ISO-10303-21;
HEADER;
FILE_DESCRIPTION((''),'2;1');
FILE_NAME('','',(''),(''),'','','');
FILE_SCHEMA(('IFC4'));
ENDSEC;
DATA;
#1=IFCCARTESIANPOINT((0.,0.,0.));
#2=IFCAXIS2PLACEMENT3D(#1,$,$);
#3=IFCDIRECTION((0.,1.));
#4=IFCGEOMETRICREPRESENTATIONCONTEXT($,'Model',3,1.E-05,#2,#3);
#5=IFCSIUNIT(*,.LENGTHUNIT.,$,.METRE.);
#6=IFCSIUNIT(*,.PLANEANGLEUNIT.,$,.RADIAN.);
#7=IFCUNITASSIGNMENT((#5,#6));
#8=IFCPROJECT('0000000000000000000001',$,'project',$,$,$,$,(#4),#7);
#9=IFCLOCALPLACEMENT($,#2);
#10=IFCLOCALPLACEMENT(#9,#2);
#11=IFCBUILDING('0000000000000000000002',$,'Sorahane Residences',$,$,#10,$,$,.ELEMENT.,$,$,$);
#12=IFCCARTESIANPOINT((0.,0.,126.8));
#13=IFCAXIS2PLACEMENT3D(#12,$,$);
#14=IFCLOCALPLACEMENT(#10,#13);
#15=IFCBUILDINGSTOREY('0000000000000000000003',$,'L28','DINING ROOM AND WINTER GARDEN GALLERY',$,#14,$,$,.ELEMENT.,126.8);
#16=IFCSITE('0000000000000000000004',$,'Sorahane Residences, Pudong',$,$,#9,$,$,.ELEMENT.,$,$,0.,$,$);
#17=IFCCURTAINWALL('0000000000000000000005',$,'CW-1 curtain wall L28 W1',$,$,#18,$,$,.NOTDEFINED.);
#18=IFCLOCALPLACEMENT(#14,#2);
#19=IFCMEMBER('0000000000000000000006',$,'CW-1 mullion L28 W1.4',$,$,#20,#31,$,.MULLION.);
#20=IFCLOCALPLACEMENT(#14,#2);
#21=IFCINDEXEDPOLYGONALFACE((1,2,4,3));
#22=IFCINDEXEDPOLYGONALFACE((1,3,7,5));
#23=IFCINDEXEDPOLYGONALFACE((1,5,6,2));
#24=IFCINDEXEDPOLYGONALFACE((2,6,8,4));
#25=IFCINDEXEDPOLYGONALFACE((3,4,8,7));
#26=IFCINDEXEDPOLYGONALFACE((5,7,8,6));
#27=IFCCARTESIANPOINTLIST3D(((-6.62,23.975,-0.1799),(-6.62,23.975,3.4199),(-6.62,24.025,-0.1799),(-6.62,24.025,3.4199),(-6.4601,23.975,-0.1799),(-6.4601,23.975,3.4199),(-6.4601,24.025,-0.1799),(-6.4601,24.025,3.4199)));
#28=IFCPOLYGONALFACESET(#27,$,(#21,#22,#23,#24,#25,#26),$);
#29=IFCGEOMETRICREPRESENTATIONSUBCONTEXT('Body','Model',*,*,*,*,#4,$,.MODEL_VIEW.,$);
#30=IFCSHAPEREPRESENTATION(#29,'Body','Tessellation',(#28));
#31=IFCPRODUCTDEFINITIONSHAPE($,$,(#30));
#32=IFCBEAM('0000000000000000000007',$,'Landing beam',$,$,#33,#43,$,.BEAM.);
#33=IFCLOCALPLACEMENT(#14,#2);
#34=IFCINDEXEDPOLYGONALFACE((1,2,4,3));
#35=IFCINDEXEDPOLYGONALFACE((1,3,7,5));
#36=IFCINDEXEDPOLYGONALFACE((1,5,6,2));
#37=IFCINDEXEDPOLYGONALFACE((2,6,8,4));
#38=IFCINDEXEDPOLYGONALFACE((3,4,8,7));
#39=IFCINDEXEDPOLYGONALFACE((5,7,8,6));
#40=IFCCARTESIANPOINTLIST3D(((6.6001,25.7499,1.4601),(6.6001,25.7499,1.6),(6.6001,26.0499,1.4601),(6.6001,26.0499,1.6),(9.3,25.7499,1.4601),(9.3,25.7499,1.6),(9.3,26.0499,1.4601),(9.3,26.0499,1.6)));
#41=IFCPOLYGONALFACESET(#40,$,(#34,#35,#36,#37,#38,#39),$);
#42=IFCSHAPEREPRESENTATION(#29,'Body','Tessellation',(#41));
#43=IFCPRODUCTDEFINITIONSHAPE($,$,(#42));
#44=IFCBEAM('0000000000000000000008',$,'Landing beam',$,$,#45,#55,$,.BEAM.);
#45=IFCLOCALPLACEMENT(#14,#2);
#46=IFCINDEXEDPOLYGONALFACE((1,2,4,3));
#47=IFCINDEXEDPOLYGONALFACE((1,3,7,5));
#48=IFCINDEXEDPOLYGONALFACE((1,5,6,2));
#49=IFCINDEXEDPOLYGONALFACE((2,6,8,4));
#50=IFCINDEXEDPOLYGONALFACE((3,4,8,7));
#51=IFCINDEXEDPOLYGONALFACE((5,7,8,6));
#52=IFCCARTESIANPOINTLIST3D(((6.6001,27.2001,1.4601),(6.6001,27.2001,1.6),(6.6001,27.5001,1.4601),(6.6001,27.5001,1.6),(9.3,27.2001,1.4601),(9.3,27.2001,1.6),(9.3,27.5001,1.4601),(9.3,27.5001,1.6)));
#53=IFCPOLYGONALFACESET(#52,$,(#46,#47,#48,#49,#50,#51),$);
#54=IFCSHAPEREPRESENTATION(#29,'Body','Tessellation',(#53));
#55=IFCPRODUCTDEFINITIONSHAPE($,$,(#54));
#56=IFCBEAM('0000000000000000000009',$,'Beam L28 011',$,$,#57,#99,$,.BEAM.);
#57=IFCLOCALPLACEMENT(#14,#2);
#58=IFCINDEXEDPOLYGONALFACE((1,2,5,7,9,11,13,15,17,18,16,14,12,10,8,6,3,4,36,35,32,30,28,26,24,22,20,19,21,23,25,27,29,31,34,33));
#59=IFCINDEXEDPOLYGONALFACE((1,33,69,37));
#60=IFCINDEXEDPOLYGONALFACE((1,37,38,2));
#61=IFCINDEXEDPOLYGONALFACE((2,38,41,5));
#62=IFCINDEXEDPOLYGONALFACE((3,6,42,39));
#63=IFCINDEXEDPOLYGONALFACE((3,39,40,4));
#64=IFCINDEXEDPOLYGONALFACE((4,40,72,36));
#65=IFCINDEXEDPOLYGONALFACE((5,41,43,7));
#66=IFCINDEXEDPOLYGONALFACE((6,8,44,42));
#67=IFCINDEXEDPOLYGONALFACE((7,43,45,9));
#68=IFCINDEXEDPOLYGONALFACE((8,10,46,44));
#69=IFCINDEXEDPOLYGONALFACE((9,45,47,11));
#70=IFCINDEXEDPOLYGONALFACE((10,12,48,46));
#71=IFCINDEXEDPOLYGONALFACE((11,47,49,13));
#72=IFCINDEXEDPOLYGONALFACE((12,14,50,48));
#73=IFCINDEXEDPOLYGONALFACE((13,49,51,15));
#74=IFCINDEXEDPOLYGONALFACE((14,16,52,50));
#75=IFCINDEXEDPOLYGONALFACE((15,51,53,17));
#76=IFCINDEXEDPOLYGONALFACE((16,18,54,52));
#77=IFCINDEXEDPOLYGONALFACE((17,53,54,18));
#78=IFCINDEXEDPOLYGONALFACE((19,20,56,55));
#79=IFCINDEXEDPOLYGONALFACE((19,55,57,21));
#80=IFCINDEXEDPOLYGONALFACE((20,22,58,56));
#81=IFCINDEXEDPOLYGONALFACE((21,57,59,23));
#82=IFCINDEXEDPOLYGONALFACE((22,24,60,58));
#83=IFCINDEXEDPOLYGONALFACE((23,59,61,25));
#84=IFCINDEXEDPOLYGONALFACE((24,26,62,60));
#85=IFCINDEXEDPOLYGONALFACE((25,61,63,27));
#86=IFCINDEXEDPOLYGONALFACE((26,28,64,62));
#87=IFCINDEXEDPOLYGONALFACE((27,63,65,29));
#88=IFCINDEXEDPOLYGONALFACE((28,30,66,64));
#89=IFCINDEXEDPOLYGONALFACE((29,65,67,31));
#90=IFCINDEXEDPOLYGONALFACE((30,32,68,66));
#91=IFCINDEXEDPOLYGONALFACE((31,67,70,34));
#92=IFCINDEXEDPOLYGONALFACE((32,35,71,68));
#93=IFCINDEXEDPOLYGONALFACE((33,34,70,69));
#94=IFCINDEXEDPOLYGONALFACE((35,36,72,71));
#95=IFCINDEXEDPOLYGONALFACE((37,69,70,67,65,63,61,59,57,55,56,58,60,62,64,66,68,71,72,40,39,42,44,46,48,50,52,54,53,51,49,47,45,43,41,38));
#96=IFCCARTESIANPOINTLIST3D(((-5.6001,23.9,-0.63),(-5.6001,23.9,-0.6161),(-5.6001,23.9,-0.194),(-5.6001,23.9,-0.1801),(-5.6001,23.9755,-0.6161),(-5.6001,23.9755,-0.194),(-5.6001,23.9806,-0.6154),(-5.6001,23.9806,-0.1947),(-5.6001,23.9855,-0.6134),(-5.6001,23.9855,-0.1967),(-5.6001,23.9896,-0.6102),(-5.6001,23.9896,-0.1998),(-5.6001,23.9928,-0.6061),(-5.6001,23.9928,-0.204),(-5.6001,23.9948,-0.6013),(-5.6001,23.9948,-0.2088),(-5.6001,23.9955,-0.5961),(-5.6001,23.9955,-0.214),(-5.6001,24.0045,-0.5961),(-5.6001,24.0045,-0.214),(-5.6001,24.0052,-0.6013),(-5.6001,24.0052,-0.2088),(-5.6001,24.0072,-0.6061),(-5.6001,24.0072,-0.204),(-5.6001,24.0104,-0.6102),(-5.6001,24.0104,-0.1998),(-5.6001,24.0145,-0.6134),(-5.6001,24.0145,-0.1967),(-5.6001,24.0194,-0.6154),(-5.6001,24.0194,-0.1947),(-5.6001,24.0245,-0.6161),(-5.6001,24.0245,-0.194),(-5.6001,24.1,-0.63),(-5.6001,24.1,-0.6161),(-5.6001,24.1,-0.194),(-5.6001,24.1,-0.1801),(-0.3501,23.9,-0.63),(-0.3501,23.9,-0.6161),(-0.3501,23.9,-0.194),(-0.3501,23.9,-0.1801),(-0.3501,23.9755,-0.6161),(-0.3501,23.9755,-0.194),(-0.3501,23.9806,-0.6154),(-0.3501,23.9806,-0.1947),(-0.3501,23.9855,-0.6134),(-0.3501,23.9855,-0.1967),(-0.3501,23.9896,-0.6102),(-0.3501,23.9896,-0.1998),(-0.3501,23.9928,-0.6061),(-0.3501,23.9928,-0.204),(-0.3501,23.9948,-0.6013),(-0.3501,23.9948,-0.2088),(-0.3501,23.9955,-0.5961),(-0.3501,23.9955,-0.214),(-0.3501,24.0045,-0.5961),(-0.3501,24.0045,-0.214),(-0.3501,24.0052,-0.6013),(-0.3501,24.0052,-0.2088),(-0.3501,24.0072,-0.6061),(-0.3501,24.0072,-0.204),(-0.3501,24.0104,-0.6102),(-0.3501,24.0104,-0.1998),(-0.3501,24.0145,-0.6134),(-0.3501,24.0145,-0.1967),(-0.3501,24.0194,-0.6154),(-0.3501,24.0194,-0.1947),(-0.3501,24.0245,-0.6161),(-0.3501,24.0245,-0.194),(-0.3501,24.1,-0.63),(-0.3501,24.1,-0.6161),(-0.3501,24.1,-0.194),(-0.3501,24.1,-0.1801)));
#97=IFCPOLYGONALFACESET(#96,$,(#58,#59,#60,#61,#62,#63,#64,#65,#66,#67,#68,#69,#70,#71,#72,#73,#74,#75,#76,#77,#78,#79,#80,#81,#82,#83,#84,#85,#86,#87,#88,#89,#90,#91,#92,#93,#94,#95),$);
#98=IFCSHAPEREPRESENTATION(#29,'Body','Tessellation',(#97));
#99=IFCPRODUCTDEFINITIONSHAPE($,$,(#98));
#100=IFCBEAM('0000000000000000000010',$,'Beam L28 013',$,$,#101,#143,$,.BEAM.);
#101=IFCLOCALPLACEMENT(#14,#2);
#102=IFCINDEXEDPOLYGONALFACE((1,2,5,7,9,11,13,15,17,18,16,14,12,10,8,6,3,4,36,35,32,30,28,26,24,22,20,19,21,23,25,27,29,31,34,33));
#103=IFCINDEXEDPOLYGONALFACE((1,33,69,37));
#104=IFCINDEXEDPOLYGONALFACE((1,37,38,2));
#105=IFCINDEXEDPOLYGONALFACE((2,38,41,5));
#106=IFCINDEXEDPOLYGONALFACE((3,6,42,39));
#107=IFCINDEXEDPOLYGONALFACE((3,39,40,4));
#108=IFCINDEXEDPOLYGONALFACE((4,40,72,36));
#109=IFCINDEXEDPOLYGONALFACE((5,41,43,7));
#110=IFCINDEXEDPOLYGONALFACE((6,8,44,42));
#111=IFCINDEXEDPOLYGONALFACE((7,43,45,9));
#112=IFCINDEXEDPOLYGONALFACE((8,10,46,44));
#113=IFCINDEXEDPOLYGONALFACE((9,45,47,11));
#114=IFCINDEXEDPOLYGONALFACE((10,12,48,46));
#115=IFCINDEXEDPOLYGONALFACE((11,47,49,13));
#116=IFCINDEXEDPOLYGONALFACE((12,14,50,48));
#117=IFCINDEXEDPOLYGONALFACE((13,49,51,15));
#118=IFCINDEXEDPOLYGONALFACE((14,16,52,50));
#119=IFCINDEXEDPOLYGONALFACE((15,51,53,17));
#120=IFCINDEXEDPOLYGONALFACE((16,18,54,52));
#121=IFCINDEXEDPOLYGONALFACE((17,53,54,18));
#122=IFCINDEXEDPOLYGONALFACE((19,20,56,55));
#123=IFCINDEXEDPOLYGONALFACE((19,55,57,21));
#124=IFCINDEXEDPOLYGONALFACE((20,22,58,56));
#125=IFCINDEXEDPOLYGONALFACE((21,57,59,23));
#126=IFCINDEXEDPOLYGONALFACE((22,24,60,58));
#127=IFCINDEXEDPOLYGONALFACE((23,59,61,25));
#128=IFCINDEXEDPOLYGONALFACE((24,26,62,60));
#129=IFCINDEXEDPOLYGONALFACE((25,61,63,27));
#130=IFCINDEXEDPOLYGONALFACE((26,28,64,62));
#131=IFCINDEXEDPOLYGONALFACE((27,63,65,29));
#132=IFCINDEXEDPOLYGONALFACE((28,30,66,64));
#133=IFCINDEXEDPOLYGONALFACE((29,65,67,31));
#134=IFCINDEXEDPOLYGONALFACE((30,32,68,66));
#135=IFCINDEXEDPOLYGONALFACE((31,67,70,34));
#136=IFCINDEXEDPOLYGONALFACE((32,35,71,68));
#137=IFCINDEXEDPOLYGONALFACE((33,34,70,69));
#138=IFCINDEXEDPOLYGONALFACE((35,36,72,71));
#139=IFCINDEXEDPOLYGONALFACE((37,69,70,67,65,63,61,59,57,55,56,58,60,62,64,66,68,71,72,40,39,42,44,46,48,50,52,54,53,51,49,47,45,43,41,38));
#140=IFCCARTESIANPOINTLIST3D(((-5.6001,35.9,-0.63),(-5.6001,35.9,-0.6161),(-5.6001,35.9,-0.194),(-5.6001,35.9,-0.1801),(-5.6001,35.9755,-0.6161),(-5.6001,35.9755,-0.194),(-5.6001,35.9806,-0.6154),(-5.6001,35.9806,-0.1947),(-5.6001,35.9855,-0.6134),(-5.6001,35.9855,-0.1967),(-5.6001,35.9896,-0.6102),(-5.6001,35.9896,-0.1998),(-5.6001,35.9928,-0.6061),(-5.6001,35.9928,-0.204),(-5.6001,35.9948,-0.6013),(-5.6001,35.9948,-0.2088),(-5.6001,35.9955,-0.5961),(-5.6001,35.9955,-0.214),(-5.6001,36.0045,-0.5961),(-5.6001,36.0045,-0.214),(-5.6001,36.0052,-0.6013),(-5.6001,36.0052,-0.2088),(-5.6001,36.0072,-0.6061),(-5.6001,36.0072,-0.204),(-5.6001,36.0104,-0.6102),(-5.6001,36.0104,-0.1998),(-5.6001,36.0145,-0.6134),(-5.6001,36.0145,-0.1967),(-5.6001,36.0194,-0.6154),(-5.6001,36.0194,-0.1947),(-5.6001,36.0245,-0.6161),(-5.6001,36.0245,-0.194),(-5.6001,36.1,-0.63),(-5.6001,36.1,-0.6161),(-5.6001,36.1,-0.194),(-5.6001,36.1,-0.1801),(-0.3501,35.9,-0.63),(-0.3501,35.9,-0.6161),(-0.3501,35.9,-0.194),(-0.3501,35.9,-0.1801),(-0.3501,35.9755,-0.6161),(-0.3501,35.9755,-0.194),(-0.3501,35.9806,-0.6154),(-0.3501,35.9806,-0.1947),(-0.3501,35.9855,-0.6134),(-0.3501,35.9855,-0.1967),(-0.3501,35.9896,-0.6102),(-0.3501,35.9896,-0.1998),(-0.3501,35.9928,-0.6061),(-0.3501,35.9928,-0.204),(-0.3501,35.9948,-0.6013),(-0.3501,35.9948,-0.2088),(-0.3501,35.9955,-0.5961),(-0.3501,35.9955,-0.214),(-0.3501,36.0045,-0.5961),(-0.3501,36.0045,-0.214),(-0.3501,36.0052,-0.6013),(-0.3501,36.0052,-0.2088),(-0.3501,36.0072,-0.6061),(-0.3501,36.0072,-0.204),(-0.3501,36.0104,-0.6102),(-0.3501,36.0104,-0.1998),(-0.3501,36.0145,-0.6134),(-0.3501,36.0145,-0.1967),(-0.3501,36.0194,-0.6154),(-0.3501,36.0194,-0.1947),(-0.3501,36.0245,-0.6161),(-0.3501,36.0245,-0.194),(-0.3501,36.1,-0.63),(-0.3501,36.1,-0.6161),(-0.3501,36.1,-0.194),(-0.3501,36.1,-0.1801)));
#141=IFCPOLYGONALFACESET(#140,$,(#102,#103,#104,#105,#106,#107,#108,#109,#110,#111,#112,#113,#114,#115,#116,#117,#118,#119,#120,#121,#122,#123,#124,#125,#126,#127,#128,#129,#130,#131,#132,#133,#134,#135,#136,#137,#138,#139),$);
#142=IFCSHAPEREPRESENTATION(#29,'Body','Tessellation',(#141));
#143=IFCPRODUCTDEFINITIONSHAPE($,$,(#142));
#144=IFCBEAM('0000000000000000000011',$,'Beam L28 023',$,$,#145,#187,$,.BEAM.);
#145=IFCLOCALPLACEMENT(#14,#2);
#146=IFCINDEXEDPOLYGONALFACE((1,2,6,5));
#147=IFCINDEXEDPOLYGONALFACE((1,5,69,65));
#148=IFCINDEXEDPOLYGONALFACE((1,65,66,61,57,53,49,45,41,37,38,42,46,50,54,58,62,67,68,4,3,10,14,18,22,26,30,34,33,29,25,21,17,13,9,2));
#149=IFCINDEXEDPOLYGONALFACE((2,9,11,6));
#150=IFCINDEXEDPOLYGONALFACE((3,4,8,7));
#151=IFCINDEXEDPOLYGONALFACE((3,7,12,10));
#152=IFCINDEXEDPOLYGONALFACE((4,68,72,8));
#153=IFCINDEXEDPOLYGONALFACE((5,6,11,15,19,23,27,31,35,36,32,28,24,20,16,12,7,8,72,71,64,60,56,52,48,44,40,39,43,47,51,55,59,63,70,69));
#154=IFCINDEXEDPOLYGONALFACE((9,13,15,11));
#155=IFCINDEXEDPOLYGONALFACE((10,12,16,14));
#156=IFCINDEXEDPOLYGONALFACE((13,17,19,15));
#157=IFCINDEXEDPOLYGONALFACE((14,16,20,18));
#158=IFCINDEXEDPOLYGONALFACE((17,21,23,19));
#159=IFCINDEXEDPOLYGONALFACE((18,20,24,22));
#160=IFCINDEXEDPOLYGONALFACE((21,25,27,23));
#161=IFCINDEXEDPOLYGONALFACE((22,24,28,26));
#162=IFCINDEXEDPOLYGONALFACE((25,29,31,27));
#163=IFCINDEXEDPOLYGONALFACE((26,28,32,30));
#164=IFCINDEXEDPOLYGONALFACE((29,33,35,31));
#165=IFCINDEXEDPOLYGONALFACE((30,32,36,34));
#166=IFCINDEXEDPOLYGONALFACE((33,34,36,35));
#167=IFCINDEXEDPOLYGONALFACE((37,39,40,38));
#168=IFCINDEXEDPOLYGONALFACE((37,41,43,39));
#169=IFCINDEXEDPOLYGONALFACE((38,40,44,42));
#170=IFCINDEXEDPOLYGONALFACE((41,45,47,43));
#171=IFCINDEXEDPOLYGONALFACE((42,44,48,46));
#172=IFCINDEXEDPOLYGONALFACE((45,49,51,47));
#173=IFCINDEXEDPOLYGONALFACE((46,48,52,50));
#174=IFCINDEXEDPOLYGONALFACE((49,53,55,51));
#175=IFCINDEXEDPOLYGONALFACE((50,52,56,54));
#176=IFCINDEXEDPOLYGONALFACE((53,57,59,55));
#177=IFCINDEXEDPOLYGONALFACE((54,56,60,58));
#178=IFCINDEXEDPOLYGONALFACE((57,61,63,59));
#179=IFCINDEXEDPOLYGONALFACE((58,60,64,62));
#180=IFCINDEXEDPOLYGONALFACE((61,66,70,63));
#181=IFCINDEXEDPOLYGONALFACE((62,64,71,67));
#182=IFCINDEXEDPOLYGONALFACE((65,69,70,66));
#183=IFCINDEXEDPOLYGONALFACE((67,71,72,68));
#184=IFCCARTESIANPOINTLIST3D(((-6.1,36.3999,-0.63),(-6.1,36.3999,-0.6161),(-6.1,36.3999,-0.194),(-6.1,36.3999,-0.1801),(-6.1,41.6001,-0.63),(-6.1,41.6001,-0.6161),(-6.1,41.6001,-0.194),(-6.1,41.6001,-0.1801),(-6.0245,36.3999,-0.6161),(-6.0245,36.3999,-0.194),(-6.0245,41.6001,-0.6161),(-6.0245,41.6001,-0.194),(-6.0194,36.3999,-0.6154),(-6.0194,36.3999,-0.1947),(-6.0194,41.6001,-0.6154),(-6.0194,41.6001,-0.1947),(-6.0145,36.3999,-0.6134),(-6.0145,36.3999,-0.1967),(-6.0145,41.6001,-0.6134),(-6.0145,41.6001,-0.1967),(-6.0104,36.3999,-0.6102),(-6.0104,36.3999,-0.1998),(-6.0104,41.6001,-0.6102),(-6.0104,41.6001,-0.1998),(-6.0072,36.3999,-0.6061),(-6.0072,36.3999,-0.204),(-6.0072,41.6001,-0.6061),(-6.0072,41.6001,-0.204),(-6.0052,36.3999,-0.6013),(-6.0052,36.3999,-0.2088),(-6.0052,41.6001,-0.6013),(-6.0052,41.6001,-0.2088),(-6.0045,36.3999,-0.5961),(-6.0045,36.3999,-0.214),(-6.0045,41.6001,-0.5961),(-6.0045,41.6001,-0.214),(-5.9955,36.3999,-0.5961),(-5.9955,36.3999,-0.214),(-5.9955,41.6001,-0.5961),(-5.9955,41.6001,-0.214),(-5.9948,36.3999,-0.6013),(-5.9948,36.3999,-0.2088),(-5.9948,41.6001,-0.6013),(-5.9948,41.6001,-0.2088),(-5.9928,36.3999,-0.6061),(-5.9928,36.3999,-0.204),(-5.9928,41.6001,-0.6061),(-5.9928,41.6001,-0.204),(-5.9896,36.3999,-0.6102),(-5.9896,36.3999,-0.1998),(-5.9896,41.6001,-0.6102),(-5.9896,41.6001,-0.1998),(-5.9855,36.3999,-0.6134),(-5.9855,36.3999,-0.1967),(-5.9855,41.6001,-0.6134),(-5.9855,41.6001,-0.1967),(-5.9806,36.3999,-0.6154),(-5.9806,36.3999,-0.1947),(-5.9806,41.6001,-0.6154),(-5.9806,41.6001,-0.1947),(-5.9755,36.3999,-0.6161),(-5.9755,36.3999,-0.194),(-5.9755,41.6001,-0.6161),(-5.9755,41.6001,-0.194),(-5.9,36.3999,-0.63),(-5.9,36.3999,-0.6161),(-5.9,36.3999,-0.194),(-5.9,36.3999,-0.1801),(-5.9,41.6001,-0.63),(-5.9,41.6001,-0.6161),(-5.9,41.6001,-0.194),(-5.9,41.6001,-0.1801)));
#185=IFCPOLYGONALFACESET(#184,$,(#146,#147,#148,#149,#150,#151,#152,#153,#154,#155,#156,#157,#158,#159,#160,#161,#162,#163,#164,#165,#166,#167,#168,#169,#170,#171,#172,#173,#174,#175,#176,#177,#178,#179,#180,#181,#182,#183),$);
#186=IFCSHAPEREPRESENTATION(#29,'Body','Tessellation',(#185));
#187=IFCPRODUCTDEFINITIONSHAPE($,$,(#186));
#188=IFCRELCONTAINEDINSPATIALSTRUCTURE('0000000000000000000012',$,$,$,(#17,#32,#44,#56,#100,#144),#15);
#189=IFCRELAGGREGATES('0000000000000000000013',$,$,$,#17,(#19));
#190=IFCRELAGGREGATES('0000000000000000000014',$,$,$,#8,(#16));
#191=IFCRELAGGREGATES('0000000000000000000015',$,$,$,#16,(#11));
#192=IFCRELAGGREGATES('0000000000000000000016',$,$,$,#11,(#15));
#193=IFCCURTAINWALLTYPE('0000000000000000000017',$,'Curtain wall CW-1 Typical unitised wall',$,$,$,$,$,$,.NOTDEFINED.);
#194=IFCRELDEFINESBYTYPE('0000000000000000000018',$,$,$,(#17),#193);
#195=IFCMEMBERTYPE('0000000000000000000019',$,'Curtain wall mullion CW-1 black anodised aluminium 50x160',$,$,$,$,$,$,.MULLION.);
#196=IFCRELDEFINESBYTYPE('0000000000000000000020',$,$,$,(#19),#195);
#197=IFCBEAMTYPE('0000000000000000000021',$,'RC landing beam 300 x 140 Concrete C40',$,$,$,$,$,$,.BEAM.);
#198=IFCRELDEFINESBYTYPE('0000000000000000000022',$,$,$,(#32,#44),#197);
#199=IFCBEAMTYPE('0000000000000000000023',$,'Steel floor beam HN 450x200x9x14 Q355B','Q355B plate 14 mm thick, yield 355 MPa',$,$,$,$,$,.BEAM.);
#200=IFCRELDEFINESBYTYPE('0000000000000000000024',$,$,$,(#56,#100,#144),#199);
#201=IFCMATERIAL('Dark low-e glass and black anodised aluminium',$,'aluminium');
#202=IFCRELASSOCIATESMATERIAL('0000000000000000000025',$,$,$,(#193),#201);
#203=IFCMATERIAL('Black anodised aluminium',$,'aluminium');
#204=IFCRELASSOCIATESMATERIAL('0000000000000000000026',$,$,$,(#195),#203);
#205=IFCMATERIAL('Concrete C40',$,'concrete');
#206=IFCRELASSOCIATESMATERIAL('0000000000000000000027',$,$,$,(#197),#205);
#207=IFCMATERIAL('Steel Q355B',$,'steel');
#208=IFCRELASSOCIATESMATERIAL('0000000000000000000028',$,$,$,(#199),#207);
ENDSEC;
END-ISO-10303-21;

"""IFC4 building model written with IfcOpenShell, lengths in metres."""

from ifc_helpers import new_model, si_unit, direction, frame, origin, origin_2d, place, context, subcontext, project, spatial, rectangle, i_section, extrude, material, material_profile, profile_set, type_object, element, aggregate, save


model = new_model("IFC4")

# Units and contexts
model_context = context("Model", 3, precision=1e-05, world=origin(), true_north=direction((0.0, 1.0)))
body_context = subcontext(model_context, "Body", "Model", "MODEL_VIEW")
ifc_project = project(units=[si_unit("LENGTHUNIT", "METRE"), si_unit("PLANEANGLEUNIT", "RADIAN")], contexts=[model_context])

# Site, building, storey
site_placement = place(None, origin())
site = spatial("IfcSite", under=ifc_project, at=site_placement, Name="Sorahane Residences, Pudong", CompositionType="ELEMENT", RefElevation=0.0)
building_placement = place(site_placement, origin())
building = spatial("IfcBuilding", under=site, at=building_placement, Name="Sorahane Residences", CompositionType="ELEMENT")
storey_placement = place(building_placement, frame((0.0, 0.0, 126.8)))
storey = spatial("IfcBuildingStorey", under=building, at=storey_placement, Name="L28", Description="DINING ROOM AND WINTER GARDEN GALLERY", CompositionType="ELEMENT", Elevation=126.8)

# Curtain wall, member
ifc_material_1 = material(Name="Dark low-e glass and black anodised aluminium", Category="aluminium")
curtain_wall_type = type_object("IfcCurtainWallType", Name="Curtain wall CW-1 Typical unitised wall", PredefinedType="NOTDEFINED", material=ifc_material_1)
curtain_wall_placement = place(storey_placement, origin())
curtain_wall = element("IfcCurtainWall", 1, at=curtain_wall_placement, inside=storey, type_object=curtain_wall_type, Name="CW-1 curtain wall L28 W1", PredefinedType="NOTDEFINED")
ifc_material_2 = material(Name="Black anodised aluminium", Category="aluminium")
ifc_material_profile_1 = material_profile(ifc_material_2, rectangle(XDim=0.1599, YDim=0.05, at=origin_2d()), Name="Curtain wall mullion CW-1 black anodised aluminium 50x160")
ifc_profile_set_1 = profile_set([ifc_material_profile_1], Name="Black anodised aluminium")
member_type_1 = type_object("IfcMemberType", Name="Curtain wall mullion CW-1 black anodised aluminium 50x160", PredefinedType="MULLION", material=ifc_profile_set_1)
member_1_placement = place(storey_placement, frame((-6.54, 24.0, -0.1799), z_axis=(0.0, 0.0, 1.0), x_axis=(-1.0, 0.0, 0.0)))
member_1 = element("IfcMember", 2, at=member_1_placement, type_object=member_type_1, Name="CW-1 mullion L28 W1.4", PredefinedType="MULLION", context=body_context, shape_type="SweptSolid", body=[
    extrude(rectangle(XDim=0.1599, YDim=0.05, at=origin_2d()), origin(), (0.0, 0.0, 1.0), 3.5999),
])

# Beams
ifc_material_3 = material(Name="Concrete C40", Category="concrete")
ifc_material_profile_2 = material_profile(ifc_material_3, rectangle(XDim=0.3, YDim=0.1399, at=origin_2d()), Name="300x140")
ifc_profile_set_2 = profile_set([ifc_material_profile_2], Name="Concrete C40")
beam_type_1 = type_object("IfcBeamType", Name="RC landing beam 300 x 140 Concrete C40", PredefinedType="BEAM", material=ifc_profile_set_2)
for number, where, z_axis, x_axis, name in (
    (3, (6.6001, 25.8999, 1.53), (1.0, 0.0, 0.0), (0.0, 1.0, 0.0), "Landing beam"),
    (4, (6.6001, 27.3501, 1.53), (1.0, 0.0, 0.0), (0.0, 1.0, 0.0), "Landing beam"),
):
    element("IfcBeam", number, at=place(storey_placement, frame(where, z_axis=z_axis, x_axis=x_axis)), inside=storey, type_object=beam_type_1, Name=name, PredefinedType="BEAM", context=body_context, shape_type="SweptSolid", body=[
        extrude(rectangle(XDim=0.3, YDim=0.1399, at=origin_2d()), origin(), (0.0, 0.0, 1.0), 2.7),
    ])
ifc_material_4 = material(Name="Steel Q355B", Category="steel")
ifc_material_profile_3 = material_profile(ifc_material_4, i_section(OverallWidth=0.2, OverallDepth=0.45, WebThickness=0.009, FlangeThickness=0.0139, FilletRadius=0.02, at=origin_2d()), Name="HN 450x200x9x14")
ifc_profile_set_3 = profile_set([ifc_material_profile_3], Name="Steel Q355B")
beam_type_2 = type_object("IfcBeamType", Name="Steel floor beam HN 450x200x9x14 Q355B", Description="Q355B plate 14 mm thick, yield 355 MPa", PredefinedType="BEAM", material=ifc_profile_set_3)
for number, where, z_axis, x_axis, name in (
    (5, (-5.6001, 24.0, -0.405), (1.0, 0.0, 0.0), (0.0, 1.0, 0.0), "Beam L28 011"),
    (6, (-5.6001, 36.0, -0.405), (1.0, 0.0, 0.0), (0.0, 1.0, 0.0), "Beam L28 013"),
):
    element("IfcBeam", number, at=place(storey_placement, frame(where, z_axis=z_axis, x_axis=x_axis)), inside=storey, type_object=beam_type_2, Name=name, PredefinedType="BEAM", context=body_context, shape_type="SweptSolid", body=[
        extrude(i_section(OverallWidth=0.2, OverallDepth=0.45, WebThickness=0.009, FlangeThickness=0.0139, FilletRadius=0.02, at=origin_2d()), origin(), (0.0, 0.0, 1.0), 5.25),
    ])
beam_1_placement = place(storey_placement, frame((-6.0, 36.3999, -0.405), z_axis=(0.0, 1.0, 0.0), x_axis=(-1.0, 0.0, 0.0)))
element("IfcBeam", 7, at=beam_1_placement, inside=storey, type_object=beam_type_2, Name="Beam L28 023", PredefinedType="BEAM", context=body_context, shape_type="SweptSolid", body=[
    extrude(i_section(OverallWidth=0.2, OverallDepth=0.45, WebThickness=0.009, FlangeThickness=0.0139, FilletRadius=0.02, at=origin_2d()), origin(), (0.0, 0.0, 1.0), 5.2002),
])

aggregate(curtain_wall, [member_1])

save(model, "model.ifc")
